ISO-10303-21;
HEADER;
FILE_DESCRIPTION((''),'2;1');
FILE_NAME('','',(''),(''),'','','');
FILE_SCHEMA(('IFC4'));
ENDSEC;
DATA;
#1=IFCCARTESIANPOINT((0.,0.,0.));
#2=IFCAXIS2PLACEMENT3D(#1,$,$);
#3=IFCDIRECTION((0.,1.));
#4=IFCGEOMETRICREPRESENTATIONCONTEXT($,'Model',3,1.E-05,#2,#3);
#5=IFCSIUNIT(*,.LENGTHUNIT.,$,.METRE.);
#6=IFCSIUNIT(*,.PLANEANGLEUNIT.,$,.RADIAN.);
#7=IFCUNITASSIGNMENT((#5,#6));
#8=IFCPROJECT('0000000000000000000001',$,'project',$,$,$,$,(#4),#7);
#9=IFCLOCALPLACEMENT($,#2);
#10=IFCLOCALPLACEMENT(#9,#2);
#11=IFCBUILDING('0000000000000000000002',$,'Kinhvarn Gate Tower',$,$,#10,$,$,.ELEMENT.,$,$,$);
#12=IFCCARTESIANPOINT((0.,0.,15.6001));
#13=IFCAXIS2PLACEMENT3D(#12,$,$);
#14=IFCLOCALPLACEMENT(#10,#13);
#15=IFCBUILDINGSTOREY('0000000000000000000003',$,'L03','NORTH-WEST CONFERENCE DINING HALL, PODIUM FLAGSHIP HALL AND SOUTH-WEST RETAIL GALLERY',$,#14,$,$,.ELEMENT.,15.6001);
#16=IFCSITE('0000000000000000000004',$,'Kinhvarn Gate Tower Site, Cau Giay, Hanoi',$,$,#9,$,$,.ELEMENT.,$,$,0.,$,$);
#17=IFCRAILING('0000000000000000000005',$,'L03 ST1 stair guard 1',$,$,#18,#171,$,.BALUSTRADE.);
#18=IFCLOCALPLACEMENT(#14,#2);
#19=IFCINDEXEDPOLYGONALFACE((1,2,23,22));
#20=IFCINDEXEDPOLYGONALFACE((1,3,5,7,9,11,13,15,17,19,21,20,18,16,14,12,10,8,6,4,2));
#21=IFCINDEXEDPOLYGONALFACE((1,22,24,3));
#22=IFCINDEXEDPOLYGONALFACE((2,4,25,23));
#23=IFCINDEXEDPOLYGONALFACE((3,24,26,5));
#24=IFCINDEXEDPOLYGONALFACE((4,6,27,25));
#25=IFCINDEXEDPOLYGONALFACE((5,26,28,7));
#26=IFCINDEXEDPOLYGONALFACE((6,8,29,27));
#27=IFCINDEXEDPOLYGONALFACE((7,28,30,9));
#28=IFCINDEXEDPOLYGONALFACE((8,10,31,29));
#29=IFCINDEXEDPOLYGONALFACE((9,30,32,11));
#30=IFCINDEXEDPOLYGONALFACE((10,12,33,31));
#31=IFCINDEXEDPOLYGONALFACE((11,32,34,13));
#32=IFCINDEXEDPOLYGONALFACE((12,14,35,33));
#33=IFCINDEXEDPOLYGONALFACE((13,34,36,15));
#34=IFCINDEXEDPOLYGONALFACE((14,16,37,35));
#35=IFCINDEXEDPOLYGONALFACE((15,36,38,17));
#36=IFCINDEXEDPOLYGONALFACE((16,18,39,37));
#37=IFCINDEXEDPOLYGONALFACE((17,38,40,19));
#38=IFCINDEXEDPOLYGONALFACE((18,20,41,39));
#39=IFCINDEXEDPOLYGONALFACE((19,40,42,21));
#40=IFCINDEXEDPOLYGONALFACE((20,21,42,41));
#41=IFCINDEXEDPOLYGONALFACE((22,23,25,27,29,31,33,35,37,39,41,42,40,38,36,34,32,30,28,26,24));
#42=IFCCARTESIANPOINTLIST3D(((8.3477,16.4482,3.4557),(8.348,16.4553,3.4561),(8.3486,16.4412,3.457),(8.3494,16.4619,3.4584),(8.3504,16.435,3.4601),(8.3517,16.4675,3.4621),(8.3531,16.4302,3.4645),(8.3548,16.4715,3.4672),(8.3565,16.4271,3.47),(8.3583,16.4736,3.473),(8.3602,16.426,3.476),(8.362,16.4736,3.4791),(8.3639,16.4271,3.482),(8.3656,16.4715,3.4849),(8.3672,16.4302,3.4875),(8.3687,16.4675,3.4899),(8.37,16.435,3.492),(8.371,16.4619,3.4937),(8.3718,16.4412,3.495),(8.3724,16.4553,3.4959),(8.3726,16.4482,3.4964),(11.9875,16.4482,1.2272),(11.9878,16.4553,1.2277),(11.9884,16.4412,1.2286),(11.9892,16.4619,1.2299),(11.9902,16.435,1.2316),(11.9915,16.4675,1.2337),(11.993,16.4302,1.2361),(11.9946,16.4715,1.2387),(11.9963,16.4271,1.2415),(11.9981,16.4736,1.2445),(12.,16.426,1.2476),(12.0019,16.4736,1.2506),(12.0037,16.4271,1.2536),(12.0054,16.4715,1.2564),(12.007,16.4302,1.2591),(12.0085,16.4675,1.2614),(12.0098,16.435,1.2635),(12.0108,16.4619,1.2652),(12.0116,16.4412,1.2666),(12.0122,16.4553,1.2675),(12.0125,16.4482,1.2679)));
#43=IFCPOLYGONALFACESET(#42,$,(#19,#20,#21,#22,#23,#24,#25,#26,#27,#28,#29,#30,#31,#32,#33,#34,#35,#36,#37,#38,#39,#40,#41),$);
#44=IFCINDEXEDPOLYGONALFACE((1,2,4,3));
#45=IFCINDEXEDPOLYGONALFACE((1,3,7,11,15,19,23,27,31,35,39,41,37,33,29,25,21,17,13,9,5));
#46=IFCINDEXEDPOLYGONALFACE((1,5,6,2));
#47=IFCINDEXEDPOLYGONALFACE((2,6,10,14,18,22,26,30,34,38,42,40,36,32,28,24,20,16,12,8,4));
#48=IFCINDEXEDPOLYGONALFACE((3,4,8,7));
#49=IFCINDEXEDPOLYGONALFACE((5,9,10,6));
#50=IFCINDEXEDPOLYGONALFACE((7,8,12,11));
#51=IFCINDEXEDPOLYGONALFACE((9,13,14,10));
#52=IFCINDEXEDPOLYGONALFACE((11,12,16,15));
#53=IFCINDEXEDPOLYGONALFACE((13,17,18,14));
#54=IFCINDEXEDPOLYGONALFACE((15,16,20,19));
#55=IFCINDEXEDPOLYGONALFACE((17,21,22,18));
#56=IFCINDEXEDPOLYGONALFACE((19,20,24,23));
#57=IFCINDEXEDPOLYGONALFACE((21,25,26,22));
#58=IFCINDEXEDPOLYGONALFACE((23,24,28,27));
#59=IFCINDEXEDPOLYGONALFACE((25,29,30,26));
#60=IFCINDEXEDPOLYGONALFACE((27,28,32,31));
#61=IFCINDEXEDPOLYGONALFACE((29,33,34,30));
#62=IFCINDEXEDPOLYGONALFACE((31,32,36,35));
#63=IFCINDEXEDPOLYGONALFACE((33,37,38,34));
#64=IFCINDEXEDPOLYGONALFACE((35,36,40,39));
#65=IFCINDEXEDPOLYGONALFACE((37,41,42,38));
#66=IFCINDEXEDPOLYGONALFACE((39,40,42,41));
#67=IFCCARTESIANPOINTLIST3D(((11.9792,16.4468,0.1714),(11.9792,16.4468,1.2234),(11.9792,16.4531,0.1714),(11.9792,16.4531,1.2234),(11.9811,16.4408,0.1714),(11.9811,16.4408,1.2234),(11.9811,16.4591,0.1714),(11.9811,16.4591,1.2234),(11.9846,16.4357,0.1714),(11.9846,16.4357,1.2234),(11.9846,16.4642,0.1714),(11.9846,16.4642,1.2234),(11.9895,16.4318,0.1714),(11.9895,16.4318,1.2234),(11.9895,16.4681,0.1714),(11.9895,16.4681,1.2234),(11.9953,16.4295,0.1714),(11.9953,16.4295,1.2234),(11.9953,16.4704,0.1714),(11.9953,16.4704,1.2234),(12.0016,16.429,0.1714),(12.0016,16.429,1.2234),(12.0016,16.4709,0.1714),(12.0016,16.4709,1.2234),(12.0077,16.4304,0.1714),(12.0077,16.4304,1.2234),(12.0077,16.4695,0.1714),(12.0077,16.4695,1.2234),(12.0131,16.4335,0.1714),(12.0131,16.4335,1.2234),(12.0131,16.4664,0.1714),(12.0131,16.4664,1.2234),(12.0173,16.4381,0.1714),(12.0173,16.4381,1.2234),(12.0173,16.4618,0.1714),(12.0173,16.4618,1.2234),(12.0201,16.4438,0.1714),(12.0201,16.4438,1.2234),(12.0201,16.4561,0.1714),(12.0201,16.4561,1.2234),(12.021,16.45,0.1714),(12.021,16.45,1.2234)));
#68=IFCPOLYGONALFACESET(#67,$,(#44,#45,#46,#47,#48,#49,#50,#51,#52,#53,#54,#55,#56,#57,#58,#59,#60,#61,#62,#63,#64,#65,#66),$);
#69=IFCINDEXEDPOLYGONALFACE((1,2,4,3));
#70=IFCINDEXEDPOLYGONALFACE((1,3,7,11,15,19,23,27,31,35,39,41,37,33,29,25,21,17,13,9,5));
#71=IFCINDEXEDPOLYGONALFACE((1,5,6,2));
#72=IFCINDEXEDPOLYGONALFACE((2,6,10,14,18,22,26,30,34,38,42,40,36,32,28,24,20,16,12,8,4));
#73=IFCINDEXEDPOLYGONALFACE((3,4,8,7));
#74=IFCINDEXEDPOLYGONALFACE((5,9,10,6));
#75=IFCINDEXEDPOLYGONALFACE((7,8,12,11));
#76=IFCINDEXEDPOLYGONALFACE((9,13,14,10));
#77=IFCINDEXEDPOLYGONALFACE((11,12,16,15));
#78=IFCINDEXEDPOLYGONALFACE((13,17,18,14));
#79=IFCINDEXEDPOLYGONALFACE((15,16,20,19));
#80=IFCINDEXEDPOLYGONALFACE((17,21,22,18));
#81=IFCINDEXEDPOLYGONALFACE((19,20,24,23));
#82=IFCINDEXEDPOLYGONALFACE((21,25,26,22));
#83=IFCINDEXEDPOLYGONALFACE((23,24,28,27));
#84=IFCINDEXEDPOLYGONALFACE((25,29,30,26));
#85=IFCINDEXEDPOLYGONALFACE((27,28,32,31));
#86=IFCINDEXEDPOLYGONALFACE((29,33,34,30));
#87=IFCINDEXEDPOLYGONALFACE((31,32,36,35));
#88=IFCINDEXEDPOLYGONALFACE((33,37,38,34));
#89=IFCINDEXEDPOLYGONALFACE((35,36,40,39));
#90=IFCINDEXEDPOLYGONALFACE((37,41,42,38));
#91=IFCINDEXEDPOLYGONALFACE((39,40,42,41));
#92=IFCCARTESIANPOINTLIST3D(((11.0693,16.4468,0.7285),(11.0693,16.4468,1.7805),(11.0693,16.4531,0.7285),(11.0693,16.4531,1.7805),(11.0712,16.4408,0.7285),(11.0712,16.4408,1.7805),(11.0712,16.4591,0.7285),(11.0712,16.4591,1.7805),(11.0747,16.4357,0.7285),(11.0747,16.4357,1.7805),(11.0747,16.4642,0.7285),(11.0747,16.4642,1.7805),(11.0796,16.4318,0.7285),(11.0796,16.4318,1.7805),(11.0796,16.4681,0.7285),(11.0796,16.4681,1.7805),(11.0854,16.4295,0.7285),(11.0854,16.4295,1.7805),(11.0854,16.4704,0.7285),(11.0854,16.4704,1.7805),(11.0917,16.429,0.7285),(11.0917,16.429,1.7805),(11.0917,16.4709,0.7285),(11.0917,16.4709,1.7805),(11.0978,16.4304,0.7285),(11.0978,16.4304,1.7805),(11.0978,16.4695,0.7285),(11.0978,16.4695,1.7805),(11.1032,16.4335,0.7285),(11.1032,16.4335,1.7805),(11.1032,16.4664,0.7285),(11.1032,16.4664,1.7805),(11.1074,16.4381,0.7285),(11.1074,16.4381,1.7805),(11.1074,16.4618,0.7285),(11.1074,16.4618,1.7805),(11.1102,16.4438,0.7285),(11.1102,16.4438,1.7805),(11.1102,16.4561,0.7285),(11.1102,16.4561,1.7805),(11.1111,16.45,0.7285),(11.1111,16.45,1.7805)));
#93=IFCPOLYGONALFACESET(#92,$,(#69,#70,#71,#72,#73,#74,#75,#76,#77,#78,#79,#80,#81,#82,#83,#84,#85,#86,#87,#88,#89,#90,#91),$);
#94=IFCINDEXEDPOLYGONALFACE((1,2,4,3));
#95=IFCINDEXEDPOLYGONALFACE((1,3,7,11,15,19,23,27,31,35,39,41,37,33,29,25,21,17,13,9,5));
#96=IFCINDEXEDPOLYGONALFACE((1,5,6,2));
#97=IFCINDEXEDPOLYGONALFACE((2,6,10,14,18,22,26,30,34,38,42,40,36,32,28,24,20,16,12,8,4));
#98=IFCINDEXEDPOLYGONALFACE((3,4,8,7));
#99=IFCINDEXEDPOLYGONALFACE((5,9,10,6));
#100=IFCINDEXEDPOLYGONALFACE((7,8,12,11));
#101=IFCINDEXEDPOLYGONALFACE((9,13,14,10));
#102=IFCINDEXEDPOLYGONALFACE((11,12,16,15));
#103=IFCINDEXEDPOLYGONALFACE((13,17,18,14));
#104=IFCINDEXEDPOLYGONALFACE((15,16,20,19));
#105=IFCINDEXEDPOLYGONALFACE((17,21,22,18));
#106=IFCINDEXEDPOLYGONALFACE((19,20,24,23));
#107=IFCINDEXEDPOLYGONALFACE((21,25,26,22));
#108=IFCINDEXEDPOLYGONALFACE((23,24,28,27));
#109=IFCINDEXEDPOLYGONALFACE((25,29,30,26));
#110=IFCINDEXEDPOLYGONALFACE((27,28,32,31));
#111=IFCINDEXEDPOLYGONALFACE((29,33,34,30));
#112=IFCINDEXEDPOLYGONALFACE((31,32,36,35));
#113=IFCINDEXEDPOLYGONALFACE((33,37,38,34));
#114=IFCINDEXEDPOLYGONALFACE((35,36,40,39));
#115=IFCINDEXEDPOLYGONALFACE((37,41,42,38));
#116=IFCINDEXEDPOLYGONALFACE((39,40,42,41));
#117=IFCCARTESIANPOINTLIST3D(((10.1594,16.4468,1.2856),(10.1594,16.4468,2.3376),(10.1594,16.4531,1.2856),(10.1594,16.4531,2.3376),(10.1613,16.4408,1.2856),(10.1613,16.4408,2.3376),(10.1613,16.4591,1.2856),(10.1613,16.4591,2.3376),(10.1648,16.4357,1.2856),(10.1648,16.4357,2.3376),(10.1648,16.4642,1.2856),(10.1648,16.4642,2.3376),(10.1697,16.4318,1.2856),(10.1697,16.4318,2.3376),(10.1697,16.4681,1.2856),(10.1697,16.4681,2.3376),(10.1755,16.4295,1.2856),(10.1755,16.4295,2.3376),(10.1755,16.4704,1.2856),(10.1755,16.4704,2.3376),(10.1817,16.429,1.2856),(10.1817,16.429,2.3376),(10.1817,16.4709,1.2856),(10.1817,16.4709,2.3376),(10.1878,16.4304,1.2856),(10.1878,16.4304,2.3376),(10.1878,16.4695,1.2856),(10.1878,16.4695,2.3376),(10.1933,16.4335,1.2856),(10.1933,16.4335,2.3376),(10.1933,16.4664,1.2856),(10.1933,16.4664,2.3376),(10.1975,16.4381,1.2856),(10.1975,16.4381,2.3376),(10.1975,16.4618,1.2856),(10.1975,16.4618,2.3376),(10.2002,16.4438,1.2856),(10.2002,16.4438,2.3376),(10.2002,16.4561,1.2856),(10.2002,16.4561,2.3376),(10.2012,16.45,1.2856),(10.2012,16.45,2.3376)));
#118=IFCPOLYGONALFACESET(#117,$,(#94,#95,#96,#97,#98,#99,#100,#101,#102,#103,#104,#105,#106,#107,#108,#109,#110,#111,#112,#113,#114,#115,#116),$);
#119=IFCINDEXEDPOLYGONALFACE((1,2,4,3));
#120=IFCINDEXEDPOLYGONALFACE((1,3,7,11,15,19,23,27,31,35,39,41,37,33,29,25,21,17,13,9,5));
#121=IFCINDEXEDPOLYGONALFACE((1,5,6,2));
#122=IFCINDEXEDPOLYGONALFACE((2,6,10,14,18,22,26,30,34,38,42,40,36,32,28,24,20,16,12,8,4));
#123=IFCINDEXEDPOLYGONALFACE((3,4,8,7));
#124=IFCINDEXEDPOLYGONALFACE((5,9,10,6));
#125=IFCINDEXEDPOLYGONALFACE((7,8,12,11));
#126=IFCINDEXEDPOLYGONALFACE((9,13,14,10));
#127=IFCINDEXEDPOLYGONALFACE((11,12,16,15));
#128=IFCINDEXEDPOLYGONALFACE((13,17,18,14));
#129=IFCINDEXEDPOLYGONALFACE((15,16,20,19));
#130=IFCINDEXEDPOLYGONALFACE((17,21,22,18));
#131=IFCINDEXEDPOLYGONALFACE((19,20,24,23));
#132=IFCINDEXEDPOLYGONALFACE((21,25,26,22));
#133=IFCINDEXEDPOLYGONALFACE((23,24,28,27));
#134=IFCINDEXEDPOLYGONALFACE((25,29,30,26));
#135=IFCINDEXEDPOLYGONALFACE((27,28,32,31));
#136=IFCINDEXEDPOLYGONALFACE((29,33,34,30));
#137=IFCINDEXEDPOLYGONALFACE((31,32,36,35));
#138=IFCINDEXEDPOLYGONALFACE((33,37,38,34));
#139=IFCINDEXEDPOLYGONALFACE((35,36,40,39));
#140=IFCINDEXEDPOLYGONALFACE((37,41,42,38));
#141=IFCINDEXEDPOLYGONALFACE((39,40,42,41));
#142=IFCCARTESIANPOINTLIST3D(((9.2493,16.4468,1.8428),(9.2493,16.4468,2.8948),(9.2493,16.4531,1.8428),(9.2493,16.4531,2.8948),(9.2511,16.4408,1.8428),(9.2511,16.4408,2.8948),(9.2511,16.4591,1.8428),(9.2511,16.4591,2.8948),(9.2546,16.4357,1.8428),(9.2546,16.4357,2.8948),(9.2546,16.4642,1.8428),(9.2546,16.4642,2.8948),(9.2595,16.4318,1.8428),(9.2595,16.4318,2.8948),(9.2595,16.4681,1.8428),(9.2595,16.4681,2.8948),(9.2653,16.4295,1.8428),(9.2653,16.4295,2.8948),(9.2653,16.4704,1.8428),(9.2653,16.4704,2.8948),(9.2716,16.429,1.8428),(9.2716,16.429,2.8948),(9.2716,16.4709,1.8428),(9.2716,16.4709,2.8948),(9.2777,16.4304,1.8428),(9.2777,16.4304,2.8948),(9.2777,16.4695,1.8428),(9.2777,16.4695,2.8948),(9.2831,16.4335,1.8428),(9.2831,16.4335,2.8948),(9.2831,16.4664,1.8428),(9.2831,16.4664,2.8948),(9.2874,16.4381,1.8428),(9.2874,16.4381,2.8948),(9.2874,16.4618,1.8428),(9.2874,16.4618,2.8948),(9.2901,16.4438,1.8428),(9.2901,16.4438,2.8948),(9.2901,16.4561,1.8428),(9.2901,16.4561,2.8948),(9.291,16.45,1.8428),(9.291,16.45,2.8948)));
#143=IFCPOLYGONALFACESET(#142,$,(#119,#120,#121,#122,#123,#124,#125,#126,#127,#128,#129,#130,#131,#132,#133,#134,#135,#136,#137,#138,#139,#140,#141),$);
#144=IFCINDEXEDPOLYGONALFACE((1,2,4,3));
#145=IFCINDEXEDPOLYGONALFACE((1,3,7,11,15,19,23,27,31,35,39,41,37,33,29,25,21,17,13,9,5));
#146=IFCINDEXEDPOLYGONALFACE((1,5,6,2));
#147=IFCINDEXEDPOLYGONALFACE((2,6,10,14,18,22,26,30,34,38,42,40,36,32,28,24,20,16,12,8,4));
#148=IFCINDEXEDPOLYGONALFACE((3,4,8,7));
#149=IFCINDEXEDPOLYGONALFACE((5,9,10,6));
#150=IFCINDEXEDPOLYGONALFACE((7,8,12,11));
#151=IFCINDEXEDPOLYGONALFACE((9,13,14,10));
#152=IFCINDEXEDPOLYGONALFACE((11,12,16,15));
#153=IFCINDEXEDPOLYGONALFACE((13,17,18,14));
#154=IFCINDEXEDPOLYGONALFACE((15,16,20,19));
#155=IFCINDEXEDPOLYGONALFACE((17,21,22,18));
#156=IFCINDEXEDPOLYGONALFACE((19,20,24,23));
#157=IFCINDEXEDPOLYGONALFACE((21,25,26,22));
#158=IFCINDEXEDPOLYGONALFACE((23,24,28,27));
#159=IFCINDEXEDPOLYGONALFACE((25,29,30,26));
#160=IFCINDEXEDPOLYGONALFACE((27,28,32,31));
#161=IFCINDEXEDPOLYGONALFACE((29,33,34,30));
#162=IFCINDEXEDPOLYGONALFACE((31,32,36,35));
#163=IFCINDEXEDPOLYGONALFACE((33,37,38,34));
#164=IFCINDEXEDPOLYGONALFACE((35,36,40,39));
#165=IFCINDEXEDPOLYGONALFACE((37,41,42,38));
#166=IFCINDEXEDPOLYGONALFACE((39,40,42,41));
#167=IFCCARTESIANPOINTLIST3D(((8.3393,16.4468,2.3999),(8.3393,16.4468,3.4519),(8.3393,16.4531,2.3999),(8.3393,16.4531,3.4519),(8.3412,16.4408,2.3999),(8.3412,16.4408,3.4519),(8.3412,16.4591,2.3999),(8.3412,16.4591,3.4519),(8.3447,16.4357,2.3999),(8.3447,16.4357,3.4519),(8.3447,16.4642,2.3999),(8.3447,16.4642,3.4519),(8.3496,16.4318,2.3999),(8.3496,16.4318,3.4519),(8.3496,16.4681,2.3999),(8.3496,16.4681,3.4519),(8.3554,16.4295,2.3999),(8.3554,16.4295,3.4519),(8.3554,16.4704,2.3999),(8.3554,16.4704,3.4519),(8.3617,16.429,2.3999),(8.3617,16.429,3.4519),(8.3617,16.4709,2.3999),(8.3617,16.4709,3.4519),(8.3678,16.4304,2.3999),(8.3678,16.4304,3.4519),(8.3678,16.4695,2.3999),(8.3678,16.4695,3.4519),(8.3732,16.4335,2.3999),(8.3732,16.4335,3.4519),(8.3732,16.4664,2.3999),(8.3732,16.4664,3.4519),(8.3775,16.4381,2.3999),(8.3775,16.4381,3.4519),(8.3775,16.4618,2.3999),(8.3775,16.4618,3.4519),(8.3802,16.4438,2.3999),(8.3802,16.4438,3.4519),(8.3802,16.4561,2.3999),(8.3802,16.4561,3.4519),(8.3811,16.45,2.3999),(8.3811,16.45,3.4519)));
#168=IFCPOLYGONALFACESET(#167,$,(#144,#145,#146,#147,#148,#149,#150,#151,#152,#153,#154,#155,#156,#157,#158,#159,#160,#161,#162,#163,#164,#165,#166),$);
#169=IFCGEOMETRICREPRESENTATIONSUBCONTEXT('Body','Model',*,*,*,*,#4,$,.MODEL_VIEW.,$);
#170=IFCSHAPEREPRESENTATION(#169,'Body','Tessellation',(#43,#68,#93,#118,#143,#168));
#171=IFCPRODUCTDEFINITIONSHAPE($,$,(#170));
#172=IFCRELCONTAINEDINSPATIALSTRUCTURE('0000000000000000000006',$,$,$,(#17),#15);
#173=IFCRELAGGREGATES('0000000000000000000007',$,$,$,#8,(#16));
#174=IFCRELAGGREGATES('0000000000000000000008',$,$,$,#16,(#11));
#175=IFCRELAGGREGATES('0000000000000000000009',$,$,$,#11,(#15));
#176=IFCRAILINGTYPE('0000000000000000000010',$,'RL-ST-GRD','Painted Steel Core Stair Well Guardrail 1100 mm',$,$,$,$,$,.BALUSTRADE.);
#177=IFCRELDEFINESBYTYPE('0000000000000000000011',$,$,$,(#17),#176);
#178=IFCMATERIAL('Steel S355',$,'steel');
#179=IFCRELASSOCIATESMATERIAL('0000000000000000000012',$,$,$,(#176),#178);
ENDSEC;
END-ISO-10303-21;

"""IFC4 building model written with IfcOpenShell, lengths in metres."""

from ifc_helpers import new_model, si_unit, direction, frame, origin, origin_2d, place, context, subcontext, project, spatial, circle, extrude, material, type_object, element, save


model = new_model("IFC4")

# Units and contexts
model_context = context("Model", 3, precision=1e-05, world=origin(), true_north=direction((0.0, 1.0)))
body_context = subcontext(model_context, "Body", "Model", "MODEL_VIEW")
ifc_project = project(units=[si_unit("LENGTHUNIT", "METRE"), si_unit("PLANEANGLEUNIT", "RADIAN")], contexts=[model_context])

# Site, building, storey
site_placement = place(None, origin())
site = spatial("IfcSite", under=ifc_project, at=site_placement, Name="Kinhvarn Gate Tower Site, Cau Giay, Hanoi", CompositionType="ELEMENT", RefElevation=0.0)
building_placement = place(site_placement, origin())
building = spatial("IfcBuilding", under=site, at=building_placement, Name="Kinhvarn Gate Tower", CompositionType="ELEMENT")
storey_placement = place(building_placement, frame((0.0, 0.0, 15.6001)))
storey = spatial("IfcBuildingStorey", under=building, at=storey_placement, Name="L03", Description="NORTH-WEST CONFERENCE DINING HALL, PODIUM FLAGSHIP HALL AND SOUTH-WEST RETAIL GALLERY", CompositionType="ELEMENT", Elevation=15.6001)

# Shared definitions
ifc_material_1 = material(Name="Steel S355", Category="steel")

# Railing
railing_type_1 = type_object("IfcRailingType", Name="RL-ST-GRD", Description="Painted Steel Core Stair Well Guardrail 1100 mm", PredefinedType="BALUSTRADE", material=ifc_material_1)
railing_1_placement = place(storey_placement, frame((12.0, 16.45, 0.1714)))
element("IfcRailing", 1, at=railing_1_placement, inside=storey, type_object=railing_type_1, Name="L03 ST1 stair guard 1", PredefinedType="BALUSTRADE", context=body_context, shape_type="SweptSolid", body=[
    extrude(circle(Radius=0.0239, at=origin_2d()), frame((0.0, 0.0, 1.0762), z_axis=(-0.85285, 0.0, 0.522156), x_axis=(0.0, -1.0, 0.0)), (0.0, 0.0, 1.0), 4.2678),
    extrude(circle(Radius=0.021, at=origin_2d()), origin(), (0.0, 0.0, 1.0), 1.052),
    extrude(circle(Radius=0.021, at=origin_2d()), frame((-0.9099, 0.0, 0.5571)), (0.0, 0.0, 1.0), 1.052),
    extrude(circle(Radius=0.021, at=origin_2d()), frame((-1.8198, 0.0, 1.1143)), (0.0, 0.0, 1.0), 1.052),
    extrude(circle(Radius=0.021, at=origin_2d()), frame((-2.73, 0.0, 1.6714)), (0.0, 0.0, 1.0), 1.052),
    extrude(circle(Radius=0.021, at=origin_2d()), frame((-3.6399, 0.0, 2.2285)), (0.0, 0.0, 1.0), 1.052),
])

save(model, "model.ifc")
